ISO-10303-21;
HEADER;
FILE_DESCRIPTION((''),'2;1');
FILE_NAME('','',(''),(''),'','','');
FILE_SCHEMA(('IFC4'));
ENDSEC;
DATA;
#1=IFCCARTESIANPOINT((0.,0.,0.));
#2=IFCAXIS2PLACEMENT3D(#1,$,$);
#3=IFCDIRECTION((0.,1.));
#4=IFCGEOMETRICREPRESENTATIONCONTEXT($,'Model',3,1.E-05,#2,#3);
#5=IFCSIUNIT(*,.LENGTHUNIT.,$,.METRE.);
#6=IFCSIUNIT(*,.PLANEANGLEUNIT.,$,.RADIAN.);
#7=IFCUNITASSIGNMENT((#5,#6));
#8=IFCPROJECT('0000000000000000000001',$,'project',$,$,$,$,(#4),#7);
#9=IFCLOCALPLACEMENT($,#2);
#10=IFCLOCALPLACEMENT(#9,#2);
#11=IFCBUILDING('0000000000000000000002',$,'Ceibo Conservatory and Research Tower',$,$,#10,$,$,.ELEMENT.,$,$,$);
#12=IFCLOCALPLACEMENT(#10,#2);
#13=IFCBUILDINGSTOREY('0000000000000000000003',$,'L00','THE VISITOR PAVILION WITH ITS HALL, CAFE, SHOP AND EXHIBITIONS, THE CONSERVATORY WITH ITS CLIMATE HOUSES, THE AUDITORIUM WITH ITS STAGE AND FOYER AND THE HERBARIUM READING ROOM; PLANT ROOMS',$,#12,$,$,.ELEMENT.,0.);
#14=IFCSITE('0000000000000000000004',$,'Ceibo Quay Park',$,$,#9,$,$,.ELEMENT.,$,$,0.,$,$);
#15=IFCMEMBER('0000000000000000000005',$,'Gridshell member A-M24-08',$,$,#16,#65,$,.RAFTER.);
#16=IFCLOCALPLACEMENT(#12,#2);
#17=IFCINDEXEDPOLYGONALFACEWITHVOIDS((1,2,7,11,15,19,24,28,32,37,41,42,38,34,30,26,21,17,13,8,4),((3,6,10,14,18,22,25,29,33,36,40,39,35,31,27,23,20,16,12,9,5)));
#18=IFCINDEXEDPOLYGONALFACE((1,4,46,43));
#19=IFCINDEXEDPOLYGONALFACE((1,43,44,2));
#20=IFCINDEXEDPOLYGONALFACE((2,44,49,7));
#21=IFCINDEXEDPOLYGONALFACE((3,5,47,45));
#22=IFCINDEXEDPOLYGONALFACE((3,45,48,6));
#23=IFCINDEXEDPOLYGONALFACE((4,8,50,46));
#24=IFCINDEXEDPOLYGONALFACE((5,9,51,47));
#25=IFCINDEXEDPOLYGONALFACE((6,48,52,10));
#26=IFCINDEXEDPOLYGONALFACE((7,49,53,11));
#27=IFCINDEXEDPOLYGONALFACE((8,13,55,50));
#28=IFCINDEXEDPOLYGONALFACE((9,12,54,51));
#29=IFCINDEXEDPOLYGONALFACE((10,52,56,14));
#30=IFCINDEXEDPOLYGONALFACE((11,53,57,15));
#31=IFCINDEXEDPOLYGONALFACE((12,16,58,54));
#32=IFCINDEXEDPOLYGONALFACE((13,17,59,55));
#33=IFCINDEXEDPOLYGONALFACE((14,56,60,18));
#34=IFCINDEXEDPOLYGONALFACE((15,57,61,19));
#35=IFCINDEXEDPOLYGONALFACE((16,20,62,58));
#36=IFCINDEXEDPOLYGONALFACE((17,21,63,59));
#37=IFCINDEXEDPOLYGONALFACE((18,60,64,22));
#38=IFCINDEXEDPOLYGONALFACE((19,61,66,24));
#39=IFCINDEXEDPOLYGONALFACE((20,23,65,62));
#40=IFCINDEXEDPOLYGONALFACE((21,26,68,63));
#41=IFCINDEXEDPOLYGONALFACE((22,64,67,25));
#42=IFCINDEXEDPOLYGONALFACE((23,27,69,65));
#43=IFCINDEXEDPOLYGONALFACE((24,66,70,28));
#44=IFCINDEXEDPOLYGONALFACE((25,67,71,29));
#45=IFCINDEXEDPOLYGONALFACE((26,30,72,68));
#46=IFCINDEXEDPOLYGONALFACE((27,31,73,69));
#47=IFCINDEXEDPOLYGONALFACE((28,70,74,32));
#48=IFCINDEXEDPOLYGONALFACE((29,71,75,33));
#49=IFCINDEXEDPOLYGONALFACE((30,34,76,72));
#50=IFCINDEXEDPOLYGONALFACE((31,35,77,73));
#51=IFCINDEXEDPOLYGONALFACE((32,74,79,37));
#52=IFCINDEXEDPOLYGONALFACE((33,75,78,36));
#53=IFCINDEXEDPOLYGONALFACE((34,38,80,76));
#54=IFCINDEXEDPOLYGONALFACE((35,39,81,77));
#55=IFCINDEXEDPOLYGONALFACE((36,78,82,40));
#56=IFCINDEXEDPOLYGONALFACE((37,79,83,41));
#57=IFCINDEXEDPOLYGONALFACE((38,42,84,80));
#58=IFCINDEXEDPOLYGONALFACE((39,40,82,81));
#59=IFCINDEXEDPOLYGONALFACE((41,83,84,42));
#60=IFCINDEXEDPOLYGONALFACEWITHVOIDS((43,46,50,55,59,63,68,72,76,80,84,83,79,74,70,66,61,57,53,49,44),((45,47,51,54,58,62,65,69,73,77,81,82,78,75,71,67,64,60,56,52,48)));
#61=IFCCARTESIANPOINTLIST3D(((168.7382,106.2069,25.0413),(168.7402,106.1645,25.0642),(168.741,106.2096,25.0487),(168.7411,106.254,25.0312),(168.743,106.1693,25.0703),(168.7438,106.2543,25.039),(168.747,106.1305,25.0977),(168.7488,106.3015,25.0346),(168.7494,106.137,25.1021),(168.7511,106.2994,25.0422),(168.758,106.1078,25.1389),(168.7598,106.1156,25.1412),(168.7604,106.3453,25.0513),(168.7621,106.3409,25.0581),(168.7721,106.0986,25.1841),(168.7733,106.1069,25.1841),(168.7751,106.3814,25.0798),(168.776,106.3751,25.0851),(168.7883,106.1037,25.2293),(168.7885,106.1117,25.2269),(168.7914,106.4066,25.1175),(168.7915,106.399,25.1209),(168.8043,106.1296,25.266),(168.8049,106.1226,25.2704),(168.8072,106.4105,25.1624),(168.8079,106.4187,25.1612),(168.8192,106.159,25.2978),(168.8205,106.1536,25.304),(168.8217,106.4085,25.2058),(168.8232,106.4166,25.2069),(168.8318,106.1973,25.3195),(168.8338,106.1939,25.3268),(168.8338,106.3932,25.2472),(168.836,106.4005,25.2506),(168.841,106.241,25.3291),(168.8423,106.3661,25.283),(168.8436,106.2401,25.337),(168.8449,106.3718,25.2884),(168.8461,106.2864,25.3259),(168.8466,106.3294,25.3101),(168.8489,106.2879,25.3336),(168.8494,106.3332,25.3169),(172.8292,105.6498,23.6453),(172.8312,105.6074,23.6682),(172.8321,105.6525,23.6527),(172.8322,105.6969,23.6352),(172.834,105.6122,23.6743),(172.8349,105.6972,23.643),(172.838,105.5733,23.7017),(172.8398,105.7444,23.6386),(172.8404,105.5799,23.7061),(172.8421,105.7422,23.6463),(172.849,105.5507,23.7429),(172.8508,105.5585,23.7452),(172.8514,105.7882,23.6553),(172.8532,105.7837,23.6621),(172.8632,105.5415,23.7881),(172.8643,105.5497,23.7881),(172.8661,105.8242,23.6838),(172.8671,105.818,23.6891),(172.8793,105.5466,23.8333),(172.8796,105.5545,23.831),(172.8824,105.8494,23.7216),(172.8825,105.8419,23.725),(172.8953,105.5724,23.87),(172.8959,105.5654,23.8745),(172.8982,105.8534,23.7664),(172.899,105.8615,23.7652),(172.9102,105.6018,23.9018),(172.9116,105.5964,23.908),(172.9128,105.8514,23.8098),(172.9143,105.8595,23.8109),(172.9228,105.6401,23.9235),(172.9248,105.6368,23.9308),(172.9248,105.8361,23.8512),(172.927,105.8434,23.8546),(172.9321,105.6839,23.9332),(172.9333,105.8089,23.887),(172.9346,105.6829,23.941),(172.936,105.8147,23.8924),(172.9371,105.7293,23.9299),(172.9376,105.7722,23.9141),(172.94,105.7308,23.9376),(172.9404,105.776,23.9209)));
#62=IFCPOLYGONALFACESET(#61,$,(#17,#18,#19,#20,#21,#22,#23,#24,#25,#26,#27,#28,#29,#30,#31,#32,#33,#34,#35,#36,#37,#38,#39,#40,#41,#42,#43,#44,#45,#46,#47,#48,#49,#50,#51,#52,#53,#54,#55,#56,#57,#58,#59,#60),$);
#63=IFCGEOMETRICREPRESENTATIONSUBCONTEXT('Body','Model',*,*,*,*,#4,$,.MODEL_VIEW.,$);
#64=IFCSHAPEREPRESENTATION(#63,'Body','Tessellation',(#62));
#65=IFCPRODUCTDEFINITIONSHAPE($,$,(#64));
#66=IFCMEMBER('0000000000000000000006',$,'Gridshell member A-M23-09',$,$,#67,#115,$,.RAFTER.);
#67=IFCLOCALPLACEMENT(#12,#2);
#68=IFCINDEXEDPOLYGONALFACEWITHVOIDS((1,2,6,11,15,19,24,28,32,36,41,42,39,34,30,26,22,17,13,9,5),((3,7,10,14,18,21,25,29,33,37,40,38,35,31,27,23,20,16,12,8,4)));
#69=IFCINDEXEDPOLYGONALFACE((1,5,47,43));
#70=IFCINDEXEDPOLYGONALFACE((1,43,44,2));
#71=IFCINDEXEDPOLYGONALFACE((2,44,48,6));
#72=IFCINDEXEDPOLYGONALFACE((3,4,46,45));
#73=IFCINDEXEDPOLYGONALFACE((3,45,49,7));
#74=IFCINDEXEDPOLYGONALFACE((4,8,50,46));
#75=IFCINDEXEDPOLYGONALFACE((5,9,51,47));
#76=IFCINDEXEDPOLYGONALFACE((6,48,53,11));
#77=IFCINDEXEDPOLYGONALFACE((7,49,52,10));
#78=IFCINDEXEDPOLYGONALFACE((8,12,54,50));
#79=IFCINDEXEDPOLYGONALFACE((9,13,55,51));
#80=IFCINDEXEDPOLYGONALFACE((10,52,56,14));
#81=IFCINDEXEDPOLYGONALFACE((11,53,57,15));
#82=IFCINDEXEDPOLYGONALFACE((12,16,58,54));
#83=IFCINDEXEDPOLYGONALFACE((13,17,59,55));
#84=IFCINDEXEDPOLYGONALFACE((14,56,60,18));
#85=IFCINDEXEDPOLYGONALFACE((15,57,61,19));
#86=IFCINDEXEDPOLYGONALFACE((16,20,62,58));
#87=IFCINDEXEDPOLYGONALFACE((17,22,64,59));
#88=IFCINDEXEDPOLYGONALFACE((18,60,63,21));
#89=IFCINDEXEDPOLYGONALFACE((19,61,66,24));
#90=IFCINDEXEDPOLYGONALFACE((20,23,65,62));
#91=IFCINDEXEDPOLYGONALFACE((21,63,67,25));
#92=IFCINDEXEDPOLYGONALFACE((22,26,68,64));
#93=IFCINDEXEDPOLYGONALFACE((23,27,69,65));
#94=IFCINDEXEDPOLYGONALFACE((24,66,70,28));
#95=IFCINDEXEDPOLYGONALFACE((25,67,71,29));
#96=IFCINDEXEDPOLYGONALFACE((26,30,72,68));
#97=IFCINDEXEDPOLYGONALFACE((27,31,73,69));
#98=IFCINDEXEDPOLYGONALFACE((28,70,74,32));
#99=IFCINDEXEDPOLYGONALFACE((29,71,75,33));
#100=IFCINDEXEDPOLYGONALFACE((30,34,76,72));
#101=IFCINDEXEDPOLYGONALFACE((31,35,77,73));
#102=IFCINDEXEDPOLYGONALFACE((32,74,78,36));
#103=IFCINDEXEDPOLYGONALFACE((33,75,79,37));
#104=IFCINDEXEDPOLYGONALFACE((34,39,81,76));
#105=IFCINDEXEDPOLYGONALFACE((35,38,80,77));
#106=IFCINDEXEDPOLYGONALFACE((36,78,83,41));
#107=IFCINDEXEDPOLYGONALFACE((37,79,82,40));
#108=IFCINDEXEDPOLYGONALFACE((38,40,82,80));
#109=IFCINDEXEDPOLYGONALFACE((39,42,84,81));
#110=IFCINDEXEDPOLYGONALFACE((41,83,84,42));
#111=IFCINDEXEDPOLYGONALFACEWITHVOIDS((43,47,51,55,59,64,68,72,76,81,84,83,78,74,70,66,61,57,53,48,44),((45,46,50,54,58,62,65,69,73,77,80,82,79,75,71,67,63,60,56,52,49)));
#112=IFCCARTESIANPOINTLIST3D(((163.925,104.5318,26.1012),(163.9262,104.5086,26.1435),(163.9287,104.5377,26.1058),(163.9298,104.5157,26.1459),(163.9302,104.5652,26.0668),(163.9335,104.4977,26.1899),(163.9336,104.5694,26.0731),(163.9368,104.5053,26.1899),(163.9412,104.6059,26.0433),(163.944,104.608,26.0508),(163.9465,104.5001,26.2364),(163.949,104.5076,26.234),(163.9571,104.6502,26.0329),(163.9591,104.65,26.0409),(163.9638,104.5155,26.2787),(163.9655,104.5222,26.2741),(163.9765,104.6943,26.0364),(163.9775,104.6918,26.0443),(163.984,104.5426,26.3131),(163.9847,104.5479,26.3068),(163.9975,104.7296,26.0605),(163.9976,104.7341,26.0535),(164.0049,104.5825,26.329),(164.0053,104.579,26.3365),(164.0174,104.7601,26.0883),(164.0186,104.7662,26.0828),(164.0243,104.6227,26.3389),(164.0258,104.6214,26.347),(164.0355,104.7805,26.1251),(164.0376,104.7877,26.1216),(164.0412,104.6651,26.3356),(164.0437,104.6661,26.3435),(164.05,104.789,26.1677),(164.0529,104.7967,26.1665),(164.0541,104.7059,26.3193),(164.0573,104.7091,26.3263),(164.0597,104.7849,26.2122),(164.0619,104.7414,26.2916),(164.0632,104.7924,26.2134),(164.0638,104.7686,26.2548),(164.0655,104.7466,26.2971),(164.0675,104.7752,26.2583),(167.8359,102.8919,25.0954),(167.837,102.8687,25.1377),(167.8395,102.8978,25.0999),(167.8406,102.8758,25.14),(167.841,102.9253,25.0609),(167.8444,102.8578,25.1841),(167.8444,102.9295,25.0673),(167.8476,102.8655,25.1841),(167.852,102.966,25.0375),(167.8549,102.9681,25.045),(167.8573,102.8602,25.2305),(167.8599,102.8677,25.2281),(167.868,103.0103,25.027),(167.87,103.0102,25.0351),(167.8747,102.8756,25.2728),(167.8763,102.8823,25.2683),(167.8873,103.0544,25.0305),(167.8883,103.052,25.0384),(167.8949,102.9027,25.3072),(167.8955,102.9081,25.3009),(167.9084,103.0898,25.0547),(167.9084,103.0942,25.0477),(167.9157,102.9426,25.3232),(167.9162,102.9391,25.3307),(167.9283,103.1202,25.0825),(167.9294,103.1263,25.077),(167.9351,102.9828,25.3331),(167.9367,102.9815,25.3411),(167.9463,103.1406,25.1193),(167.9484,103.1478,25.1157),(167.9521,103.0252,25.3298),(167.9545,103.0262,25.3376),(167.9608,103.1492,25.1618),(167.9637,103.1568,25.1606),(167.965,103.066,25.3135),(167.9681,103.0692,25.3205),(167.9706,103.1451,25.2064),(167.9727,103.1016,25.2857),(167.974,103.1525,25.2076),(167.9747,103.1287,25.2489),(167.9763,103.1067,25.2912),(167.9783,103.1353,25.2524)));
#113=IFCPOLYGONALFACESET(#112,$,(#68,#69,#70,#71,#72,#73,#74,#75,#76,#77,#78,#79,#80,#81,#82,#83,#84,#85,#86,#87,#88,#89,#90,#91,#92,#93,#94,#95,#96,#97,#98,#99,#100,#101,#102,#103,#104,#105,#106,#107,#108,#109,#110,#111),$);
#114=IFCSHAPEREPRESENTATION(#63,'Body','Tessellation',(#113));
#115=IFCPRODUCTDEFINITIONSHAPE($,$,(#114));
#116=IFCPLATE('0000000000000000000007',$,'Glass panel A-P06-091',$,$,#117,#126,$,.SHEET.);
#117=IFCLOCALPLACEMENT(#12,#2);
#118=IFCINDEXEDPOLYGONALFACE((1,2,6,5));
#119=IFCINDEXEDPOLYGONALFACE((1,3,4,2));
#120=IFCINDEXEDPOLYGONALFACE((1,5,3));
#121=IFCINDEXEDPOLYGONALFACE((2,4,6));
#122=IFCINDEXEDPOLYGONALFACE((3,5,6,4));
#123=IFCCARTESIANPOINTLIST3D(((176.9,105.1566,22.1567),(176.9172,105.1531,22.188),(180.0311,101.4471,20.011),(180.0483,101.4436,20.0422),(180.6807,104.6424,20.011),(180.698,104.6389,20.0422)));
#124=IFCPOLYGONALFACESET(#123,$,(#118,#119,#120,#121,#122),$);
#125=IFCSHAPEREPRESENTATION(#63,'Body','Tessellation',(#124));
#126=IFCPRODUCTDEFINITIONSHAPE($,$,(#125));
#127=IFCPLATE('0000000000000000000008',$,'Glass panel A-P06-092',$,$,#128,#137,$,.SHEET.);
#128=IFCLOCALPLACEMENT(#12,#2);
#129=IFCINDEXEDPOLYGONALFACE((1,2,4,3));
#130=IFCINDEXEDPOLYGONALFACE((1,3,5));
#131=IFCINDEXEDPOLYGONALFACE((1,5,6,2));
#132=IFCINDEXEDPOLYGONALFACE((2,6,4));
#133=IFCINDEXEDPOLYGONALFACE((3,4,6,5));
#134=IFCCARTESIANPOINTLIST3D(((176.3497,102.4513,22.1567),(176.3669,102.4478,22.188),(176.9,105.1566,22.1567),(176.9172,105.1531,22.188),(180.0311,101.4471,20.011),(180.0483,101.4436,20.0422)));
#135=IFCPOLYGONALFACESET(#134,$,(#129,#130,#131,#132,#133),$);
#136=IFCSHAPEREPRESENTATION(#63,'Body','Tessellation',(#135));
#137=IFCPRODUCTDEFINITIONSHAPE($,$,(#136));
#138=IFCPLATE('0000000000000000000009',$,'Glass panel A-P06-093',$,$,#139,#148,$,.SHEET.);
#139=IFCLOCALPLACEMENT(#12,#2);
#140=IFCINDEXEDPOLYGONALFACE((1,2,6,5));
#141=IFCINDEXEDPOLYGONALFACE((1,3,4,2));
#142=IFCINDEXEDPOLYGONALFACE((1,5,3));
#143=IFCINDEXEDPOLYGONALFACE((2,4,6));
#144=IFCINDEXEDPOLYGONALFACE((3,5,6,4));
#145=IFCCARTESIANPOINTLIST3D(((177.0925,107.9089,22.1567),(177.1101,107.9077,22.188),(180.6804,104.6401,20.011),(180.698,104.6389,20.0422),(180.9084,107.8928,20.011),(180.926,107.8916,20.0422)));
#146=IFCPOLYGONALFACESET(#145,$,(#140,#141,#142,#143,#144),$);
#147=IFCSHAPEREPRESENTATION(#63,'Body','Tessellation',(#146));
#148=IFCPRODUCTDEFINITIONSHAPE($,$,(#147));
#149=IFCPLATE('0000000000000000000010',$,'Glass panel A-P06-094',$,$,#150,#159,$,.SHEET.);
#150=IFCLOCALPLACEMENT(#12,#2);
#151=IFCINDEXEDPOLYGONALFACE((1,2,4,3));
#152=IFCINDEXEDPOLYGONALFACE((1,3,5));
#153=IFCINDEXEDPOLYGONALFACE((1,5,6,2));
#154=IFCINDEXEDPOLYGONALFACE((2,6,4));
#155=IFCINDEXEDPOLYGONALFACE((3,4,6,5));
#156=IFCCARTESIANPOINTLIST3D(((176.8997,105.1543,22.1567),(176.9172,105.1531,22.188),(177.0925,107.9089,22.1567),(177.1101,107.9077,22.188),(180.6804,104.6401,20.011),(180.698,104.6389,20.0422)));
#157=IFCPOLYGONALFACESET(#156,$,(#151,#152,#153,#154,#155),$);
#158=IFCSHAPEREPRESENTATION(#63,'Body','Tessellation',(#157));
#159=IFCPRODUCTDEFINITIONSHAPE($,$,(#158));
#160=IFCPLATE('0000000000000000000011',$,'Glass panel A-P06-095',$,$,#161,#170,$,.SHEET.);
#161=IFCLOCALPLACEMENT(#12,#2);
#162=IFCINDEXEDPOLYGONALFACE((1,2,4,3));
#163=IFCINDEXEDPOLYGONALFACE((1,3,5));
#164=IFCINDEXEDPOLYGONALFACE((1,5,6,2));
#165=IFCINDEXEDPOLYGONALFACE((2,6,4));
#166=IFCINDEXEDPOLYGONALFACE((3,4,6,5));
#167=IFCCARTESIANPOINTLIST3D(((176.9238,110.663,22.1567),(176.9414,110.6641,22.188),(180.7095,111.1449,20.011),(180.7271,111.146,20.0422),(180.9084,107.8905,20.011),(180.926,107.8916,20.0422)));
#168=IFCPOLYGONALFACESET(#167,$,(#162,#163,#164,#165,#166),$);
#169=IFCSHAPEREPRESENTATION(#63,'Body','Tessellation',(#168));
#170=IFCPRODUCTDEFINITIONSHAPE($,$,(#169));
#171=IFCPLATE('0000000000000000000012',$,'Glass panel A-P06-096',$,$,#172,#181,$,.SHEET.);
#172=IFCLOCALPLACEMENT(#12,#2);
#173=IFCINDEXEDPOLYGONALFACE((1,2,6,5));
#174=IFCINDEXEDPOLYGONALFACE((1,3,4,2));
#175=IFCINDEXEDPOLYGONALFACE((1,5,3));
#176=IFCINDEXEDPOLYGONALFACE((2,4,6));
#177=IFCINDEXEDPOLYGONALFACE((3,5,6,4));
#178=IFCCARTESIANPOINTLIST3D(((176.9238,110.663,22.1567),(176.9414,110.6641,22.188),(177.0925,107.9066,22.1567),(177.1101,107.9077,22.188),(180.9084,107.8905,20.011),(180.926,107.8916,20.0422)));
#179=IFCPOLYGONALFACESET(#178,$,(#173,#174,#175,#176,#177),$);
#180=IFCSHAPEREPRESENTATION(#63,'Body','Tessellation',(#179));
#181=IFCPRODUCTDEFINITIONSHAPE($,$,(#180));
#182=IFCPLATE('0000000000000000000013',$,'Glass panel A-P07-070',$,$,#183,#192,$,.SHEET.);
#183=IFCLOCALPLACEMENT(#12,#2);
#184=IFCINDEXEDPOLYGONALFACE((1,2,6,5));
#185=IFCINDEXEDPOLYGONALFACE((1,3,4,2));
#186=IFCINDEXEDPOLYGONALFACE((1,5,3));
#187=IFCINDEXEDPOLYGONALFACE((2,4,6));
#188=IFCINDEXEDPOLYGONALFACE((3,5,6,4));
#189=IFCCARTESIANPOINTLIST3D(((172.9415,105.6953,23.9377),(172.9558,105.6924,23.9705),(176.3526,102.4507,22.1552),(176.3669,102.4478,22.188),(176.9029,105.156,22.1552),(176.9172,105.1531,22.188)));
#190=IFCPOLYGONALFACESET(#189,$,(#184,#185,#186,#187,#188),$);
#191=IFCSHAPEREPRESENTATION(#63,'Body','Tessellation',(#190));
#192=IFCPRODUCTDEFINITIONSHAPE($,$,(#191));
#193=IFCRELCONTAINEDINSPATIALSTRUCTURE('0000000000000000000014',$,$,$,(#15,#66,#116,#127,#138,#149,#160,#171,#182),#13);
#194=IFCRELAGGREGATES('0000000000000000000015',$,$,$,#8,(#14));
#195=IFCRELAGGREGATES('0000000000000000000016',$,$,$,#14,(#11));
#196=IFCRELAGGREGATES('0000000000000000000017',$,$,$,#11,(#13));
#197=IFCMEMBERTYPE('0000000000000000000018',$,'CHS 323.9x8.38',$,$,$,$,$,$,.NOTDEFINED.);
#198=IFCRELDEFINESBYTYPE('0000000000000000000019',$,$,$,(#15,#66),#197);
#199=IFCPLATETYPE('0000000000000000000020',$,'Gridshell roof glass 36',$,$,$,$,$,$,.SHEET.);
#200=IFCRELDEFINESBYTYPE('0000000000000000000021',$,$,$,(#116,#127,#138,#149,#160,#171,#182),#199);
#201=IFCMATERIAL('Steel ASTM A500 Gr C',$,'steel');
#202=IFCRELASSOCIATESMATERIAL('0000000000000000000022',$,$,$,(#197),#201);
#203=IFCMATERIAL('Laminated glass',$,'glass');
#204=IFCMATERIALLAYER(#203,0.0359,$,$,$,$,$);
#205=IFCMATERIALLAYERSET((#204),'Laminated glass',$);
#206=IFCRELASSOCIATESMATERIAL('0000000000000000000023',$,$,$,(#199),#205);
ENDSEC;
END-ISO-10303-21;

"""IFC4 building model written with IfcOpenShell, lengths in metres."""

from ifc_helpers import new_model, si_unit, direction, frame, origin, origin_2d, place, context, subcontext, project, spatial, polyline, hollow_circle, outline, extrude, material, layer, layer_set, material_profile, profile_set, type_object, element, save


model = new_model("IFC4")

# Units and contexts
model_context = context("Model", 3, precision=1e-05, world=origin(), true_north=direction((0.0, 1.0)))
body_context = subcontext(model_context, "Body", "Model", "MODEL_VIEW")
ifc_project = project(units=[si_unit("LENGTHUNIT", "METRE"), si_unit("PLANEANGLEUNIT", "RADIAN")], contexts=[model_context])

# Site, building, storey
site_placement = place(None, origin())
site = spatial("IfcSite", under=ifc_project, at=site_placement, Name="Ceibo Quay Park", CompositionType="ELEMENT", RefElevation=0.0)
building_placement = place(site_placement, origin())
building = spatial("IfcBuilding", under=site, at=building_placement, Name="Ceibo Conservatory and Research Tower", CompositionType="ELEMENT")
storey_placement = place(building_placement, origin())
storey = spatial("IfcBuildingStorey", under=building, at=storey_placement, Name="L00", Description="THE VISITOR PAVILION WITH ITS HALL, CAFE, SHOP AND EXHIBITIONS, THE CONSERVATORY WITH ITS CLIMATE HOUSES, THE AUDITORIUM WITH ITS STAGE AND FOYER AND THE HERBARIUM READING ROOM; PLANT ROOMS", CompositionType="ELEMENT", Elevation=0.0)

# Members
ifc_material_1 = material(Name="Steel ASTM A500 Gr C", Category="steel")
ifc_material_profile_1 = material_profile(ifc_material_1, hollow_circle(Radius=0.1619, WallThickness=0.0083, at=origin_2d()), Name="CHS 323.9x8.38")
ifc_profile_set_1 = profile_set([ifc_material_profile_1], Name="Steel ASTM A500 Gr C")
member_type_1 = type_object("IfcMemberType", Name="CHS 323.9x8.38", PredefinedType="NOTDEFINED", material=ifc_profile_set_1)
for number, where, z_axis, x_axis, name in (
    (1, (172.885, 105.7019, 23.7881), (-0.938653, 0.127828, 0.320297), (-0.134936, -0.990854, 0.0), "Gridshell member A-M24-08"),
    (2, (167.907, 103.0071, 25.1841), (-0.897313, 0.376256, 0.230784), (-0.386695, -0.922208, 0.0), "Gridshell member A-M23-09"),
):
    element("IfcMember", number, at=place(storey_placement, frame(where, z_axis=z_axis, x_axis=x_axis)), inside=storey, type_object=member_type_1, Name=name, PredefinedType="RAFTER", context=body_context, shape_type="SweptSolid", body=[
        extrude(hollow_circle(Radius=0.1619, WallThickness=0.0083, at=origin_2d()), origin(), (0.0, 0.0, 1.0), 4.3584),
    ])

# Plates
ifc_material_2 = material(Name="Laminated glass", Category="glass")
ifc_layer = layer(ifc_material_2, 0.0359)
ifc_layer_set = layer_set([ifc_layer], Name="Laminated glass")
plate_type = type_object("IfcPlateType", Name="Gridshell roof glass 36", PredefinedType="SHEET", material=ifc_layer_set)
plate_1_placement = place(storey_placement, frame((180.0483, 101.4436, 20.0422), z_axis=(0.481128, -0.097821, 0.871176), x_axis=(0.19924, 0.979951, 0.0)))
element("IfcPlate", 3, at=plate_1_placement, inside=storey, type_object=plate_type, Name="Glass panel A-P06-091", PredefinedType="SHEET", context=body_context, shape_type="SweptSolid", body=[
    extrude(outline(polyline([(0.0, 0.0), (3.2607, 0.0), (3.0113, 4.3704), (0.0, 0.0)])), origin(), (0.0, 0.0, -1.0), 0.0359),
])
plate_2_placement = place(storey_placement, frame((180.0483, 101.4436, 20.0422), z_axis=(0.481093, -0.09786, 0.871191), x_axis=(-0.589953, 0.698928, 0.404296)))
element("IfcPlate", 4, at=plate_2_placement, inside=storey, type_object=plate_type, Name="Glass panel A-P06-092", PredefinedType="SHEET", context=body_context, shape_type="SweptSolid", body=[
    extrude(outline(polyline([(0.0, 0.0), (5.3074, 0.0), (3.7412, 2.2735), (0.0, 0.0)])), origin(), (0.0, 0.0, -1.0), 0.0359),
])
plate_3_placement = place(storey_placement, frame((180.698, 104.6389, 20.0422), z_axis=(0.48974, -0.034333, 0.871192), x_axis=(0.069933, 0.997552, 0.0)))
element("IfcPlate", 5, at=plate_3_placement, inside=storey, type_object=plate_type, Name="Glass panel A-P06-093", PredefinedType="SHEET", context=body_context, shape_type="SweptSolid", body=[
    extrude(outline(polyline([(0.0, 0.0), (3.2607, 0.0), (3.0099, 4.3707), (0.0, 0.0)])), origin(), (0.0, 0.0, -1.0), 0.0359),
])
plate_4_placement = place(storey_placement, frame((180.698, 104.6389, 20.0422), z_axis=(0.489769, -0.034292, 0.871178), x_axis=(-0.676091, 0.615963, 0.404339)))
element("IfcPlate", 6, at=plate_4_placement, inside=storey, type_object=plate_type, Name="Glass panel A-P06-094", PredefinedType="SHEET", context=body_context, shape_type="SweptSolid", body=[
    extrude(outline(polyline([(0.0, 0.0), (5.3068, 0.0), (3.7405, 2.2742), (0.0, 0.0)])), origin(), (0.0, 0.0, -1.0), 0.0359),
])
plate_5_placement = place(storey_placement, frame((180.926, 107.8916, 20.0422), z_axis=(0.489998, 0.029959, 0.871208), x_axis=(-0.061026, 0.998136, 0.0)))
element("IfcPlate", 7, at=plate_5_placement, inside=storey, type_object=plate_type, Name="Glass panel A-P06-095", PredefinedType="SHEET", context=body_context, shape_type="SweptSolid", body=[
    extrude(outline(polyline([(0.0, 0.0), (3.2605, 0.0), (3.0105, 4.3709), (0.0, 0.0)])), origin(), (0.0, 0.0, -1.0), 0.0359),
])
plate_6_placement = place(storey_placement, frame((180.926, 107.8916, 20.0422), z_axis=(0.490015, 0.029991, 0.871198), x_axis=(-0.750774, 0.522381, 0.404298)))
element("IfcPlate", 8, at=plate_6_placement, inside=storey, type_object=plate_type, Name="Glass panel A-P06-096", PredefinedType="SHEET", context=body_context, shape_type="SweptSolid", body=[
    extrude(outline(polyline([(0.0, 0.0), (5.3074, 0.0), (3.7408, 2.2742), (0.0, 0.0)])), origin(), (0.0, 0.0, -1.0), 0.0359),
])
plate_7_placement = place(storey_placement, frame((172.9558, 105.6924, 23.9705), z_axis=(0.399746, -0.081313, 0.913012), x_axis=(0.677626, -0.644549, -0.35409)))
element("IfcPlate", 9, at=plate_7_placement, inside=storey, type_object=plate_type, Name="Glass panel A-P07-070", PredefinedType="SHEET", context=body_context, shape_type="SweptSolid", body=[
    extrude(outline(polyline([(0.0, 0.0), (5.0339, 0.0), (3.6631, 2.3963), (0.0, 0.0)])), origin(), (0.0, 0.0, -1.0), 0.0359),
])

save(model, "model.ifc")
